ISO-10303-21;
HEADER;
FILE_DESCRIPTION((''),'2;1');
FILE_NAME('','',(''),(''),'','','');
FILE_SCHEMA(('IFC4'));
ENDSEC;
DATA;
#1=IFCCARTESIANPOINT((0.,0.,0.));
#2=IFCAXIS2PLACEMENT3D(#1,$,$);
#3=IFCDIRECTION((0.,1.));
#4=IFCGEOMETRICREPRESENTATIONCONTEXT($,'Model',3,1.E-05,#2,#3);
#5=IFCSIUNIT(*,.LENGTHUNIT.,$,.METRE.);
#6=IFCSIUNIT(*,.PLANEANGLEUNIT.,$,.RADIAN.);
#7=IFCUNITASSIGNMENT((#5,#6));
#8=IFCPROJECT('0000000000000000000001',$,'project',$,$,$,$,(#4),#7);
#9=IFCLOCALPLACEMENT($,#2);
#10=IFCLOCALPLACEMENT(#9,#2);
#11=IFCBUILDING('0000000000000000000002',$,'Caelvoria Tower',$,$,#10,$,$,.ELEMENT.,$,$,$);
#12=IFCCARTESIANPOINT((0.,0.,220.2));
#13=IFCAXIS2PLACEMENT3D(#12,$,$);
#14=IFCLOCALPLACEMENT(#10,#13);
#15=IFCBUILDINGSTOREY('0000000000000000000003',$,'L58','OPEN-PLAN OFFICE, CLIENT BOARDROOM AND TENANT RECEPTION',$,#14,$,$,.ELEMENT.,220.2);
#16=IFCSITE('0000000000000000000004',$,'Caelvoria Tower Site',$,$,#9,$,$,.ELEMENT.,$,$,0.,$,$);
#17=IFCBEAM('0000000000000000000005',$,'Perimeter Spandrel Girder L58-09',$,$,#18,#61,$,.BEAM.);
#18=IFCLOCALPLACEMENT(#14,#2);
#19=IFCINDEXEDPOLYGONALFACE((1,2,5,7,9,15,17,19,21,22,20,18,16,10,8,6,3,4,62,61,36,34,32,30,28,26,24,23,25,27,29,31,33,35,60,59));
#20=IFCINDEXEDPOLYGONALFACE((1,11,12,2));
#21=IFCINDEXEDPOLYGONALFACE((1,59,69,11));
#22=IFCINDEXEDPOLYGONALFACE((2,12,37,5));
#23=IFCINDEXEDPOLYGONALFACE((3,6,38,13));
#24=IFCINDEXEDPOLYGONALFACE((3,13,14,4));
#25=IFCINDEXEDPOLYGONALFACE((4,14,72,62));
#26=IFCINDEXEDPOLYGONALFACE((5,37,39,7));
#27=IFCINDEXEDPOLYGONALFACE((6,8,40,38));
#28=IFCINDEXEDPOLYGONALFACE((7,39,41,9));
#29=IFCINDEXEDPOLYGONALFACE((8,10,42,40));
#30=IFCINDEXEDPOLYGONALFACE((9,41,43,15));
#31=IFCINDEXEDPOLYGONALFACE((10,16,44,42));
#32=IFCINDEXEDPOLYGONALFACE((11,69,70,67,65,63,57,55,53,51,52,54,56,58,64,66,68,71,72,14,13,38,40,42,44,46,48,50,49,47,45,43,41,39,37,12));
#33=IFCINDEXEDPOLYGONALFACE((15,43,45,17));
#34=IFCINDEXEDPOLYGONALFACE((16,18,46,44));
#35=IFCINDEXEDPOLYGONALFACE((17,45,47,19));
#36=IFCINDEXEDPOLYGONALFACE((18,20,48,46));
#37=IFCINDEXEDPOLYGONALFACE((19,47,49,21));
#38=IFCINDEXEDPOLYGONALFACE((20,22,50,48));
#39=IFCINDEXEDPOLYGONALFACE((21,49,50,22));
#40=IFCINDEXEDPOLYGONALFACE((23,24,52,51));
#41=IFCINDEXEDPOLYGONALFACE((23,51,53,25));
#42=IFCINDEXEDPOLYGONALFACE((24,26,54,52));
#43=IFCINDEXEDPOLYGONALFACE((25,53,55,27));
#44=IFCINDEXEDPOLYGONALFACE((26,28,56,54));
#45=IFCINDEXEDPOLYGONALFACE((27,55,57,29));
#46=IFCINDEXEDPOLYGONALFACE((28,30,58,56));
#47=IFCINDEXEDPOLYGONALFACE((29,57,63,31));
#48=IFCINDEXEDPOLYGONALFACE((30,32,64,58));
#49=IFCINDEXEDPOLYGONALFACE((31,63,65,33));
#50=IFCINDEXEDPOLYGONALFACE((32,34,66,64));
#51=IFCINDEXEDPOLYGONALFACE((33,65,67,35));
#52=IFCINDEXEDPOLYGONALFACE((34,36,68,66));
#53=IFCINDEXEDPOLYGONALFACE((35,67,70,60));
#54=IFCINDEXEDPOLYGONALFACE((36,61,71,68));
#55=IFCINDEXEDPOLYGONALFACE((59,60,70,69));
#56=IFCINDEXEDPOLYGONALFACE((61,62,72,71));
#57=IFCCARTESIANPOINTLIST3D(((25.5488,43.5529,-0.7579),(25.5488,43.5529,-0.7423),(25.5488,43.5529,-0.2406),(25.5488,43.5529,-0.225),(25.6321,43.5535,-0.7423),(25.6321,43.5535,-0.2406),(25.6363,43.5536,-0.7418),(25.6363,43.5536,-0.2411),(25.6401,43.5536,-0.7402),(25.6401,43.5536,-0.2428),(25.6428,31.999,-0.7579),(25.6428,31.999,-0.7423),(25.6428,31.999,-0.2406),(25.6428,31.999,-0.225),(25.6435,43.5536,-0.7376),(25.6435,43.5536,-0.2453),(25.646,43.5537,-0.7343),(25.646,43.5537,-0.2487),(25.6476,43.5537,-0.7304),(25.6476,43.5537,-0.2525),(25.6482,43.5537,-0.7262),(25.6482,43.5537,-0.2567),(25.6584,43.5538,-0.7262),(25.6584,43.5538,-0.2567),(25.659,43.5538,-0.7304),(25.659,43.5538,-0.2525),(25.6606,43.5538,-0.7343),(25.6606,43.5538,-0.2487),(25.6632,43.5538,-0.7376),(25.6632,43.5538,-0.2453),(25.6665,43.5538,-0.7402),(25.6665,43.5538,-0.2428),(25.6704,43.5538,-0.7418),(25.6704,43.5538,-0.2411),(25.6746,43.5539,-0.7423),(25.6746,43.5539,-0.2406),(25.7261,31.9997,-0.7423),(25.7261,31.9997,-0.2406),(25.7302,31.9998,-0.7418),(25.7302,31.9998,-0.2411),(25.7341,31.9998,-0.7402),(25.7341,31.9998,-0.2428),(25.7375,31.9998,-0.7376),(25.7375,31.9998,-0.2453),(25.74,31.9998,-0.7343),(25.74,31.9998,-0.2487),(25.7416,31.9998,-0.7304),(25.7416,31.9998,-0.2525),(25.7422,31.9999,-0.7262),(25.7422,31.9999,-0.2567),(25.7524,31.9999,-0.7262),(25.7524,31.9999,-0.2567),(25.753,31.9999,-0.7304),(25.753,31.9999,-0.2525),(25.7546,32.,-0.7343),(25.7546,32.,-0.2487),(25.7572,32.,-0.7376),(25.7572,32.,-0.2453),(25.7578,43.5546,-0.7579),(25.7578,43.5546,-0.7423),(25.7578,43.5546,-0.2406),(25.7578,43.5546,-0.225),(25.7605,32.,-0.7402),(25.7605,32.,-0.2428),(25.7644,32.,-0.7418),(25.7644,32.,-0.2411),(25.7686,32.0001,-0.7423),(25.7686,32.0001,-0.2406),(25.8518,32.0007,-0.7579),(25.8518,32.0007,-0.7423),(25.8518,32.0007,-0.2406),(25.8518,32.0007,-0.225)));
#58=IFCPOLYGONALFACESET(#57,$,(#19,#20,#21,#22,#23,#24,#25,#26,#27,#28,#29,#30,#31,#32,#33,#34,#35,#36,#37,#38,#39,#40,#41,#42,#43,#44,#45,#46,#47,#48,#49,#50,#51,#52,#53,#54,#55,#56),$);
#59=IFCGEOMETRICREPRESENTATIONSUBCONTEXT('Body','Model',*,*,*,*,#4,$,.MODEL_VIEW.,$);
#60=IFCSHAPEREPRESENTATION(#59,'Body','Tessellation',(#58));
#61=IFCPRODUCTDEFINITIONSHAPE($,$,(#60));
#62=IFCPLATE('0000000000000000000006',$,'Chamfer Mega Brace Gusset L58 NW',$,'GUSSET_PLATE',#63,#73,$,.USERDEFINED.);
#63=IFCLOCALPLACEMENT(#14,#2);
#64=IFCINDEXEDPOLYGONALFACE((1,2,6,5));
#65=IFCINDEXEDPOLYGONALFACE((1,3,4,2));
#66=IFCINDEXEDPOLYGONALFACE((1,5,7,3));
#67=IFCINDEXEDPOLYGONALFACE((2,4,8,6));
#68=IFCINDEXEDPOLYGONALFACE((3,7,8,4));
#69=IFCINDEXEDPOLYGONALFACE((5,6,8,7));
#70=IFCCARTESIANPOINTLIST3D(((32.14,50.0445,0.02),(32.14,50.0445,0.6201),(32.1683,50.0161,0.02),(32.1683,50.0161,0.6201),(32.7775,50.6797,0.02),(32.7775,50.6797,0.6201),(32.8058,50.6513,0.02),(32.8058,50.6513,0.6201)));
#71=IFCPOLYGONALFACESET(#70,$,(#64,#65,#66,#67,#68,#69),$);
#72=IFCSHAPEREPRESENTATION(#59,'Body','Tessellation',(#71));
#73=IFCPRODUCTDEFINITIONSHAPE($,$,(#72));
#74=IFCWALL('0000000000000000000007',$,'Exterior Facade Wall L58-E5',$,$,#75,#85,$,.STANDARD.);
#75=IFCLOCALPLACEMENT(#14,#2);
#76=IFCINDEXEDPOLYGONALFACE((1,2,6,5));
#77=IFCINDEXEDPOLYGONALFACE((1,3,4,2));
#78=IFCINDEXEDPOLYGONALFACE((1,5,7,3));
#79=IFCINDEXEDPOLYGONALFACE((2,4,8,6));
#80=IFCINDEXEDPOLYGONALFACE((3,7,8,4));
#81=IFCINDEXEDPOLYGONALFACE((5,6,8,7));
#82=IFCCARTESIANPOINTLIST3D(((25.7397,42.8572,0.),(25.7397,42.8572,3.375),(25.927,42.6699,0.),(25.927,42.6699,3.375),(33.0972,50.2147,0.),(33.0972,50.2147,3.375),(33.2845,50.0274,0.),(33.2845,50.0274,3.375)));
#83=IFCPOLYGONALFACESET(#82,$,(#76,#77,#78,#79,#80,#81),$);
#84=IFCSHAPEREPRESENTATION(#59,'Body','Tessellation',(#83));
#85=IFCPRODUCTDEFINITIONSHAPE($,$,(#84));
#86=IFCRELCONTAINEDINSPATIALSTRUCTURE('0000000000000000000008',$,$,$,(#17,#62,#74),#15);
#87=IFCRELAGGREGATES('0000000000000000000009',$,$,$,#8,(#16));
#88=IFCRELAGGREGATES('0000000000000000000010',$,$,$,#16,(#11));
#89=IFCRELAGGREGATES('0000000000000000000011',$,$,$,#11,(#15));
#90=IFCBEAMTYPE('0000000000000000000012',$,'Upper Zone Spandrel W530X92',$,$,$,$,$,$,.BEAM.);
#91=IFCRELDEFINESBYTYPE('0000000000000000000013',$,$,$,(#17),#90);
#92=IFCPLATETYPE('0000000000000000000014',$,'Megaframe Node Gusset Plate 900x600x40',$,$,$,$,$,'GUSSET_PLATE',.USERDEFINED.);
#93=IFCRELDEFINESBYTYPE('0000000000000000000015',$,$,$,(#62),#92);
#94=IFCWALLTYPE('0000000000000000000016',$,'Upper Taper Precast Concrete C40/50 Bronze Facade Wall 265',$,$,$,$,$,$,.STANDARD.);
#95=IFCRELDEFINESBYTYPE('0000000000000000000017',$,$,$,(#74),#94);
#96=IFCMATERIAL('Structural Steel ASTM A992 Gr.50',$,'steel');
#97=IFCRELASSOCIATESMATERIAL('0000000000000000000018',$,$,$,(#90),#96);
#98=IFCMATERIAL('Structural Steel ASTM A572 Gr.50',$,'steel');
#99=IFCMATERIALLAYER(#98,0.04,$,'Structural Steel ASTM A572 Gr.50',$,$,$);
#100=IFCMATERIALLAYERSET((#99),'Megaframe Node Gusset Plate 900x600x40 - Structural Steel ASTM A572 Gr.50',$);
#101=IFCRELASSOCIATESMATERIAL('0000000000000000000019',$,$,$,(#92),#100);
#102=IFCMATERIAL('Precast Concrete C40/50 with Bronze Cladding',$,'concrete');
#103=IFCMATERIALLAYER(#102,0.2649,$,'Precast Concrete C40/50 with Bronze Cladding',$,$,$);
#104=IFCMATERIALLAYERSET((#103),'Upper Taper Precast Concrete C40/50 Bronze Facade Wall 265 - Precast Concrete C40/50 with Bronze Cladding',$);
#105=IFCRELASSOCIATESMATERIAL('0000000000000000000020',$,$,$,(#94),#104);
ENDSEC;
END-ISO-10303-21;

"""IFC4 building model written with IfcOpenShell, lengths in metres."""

from ifc_helpers import new_model, si_unit, direction, frame, frame_2d, origin, origin_2d, place, context, subcontext, project, spatial, rectangle, i_section, extrude, material, layer, layer_set, material_profile, profile_set, type_object, element, save


model = new_model("IFC4")

# Units and contexts
model_context = context("Model", 3, precision=1e-05, world=origin(), true_north=direction((0.0, 1.0)))
body_context = subcontext(model_context, "Body", "Model", "MODEL_VIEW")
ifc_project = project(units=[si_unit("LENGTHUNIT", "METRE"), si_unit("PLANEANGLEUNIT", "RADIAN")], contexts=[model_context])

# Site, building, storey
site_placement = place(None, origin())
site = spatial("IfcSite", under=ifc_project, at=site_placement, Name="Caelvoria Tower Site", CompositionType="ELEMENT", RefElevation=0.0)
building_placement = place(site_placement, origin())
building = spatial("IfcBuilding", under=site, at=building_placement, Name="Caelvoria Tower", CompositionType="ELEMENT")
storey_placement = place(building_placement, frame((0.0, 0.0, 220.2)))
storey = spatial("IfcBuildingStorey", under=building, at=storey_placement, Name="L58", Description="OPEN-PLAN OFFICE, CLIENT BOARDROOM AND TENANT RECEPTION", CompositionType="ELEMENT", Elevation=220.2)

# Shared definitions
ifc_material_1 = material(Name="Structural Steel ASTM A572 Gr.50", Category="steel")

# Shared definitions
ifc_material_2 = material(Name="Structural Steel ASTM A992 Gr.50", Category="steel")

# Beam
ifc_material_profile_1 = material_profile(ifc_material_2, i_section(OverallWidth=0.209, OverallDepth=0.533, WebThickness=0.0103, FlangeThickness=0.0156, FilletRadius=0.0161, at=origin_2d()), Name="Structural Steel ASTM A992 Gr.50")
ifc_profile_set_1 = profile_set([ifc_material_profile_1], Name="W530X92 - Structural Steel ASTM A992 Gr.50")
beam_type_1 = type_object("IfcBeamType", Name="Upper Zone Spandrel W530X92", PredefinedType="BEAM", material=ifc_profile_set_1)
beam_1_placement = place(storey_placement, frame((25.6533, 43.5537, -0.4915), z_axis=(0.008135, -0.999967, 0.0), x_axis=(0.999967, 0.008135, 0.0)))
element("IfcBeam", 1, at=beam_1_placement, inside=storey, type_object=beam_type_1, Name="Perimeter Spandrel Girder L58-09", PredefinedType="BEAM", context=body_context, shape_type="SweptSolid", body=[
    extrude(i_section(OverallWidth=0.209, OverallDepth=0.533, WebThickness=0.0103, FlangeThickness=0.0156, FilletRadius=0.0161, at=origin_2d()), origin(), (0.0, 0.0, 1.0), 11.5542),
])

# Plate
ifc_layer_1 = layer(ifc_material_1, 0.04, Name="Structural Steel ASTM A572 Gr.50")
ifc_layer_set_1 = layer_set([ifc_layer_1], Name="Megaframe Node Gusset Plate 900x600x40 - Structural Steel ASTM A572 Gr.50")
plate_type = type_object("IfcPlateType", Name="Megaframe Node Gusset Plate 900x600x40", ElementType="GUSSET_PLATE", PredefinedType="USERDEFINED", material=ifc_layer_set_1)
plate_placement = place(storey_placement, frame((32.4729, 50.3479, 0.02), z_axis=(0.0, 0.0, 1.0), x_axis=(-0.708415, -0.705796, 0.0)))
element("IfcPlate", 2, at=plate_placement, inside=storey, type_object=plate_type, Name="Chamfer Mega Brace Gusset L58 NW", ObjectType="GUSSET_PLATE", PredefinedType="USERDEFINED", context=body_context, shape_type="SweptSolid", body=[
    extrude(rectangle(XDim=0.8999, YDim=0.04, at=origin_2d()), origin(), (0.0, 0.0, 1.0), 0.6001),
])

# Wall
ifc_material_3 = material(Name="Precast Concrete C40/50 with Bronze Cladding", Category="concrete")
ifc_layer_2 = layer(ifc_material_3, 0.2649, Name="Precast Concrete C40/50 with Bronze Cladding")
ifc_layer_set_2 = layer_set([ifc_layer_2], Name="Upper Taper Precast Concrete C40/50 Bronze Facade Wall 265 - Precast Concrete C40/50 with Bronze Cladding")
wall_type = type_object("IfcWallType", Name="Upper Taper Precast Concrete C40/50 Bronze Facade Wall 265", PredefinedType="STANDARD", material=ifc_layer_set_2)
wall_1_placement = place(storey_placement, frame((33.1909, 50.1211, 0.0), z_axis=(0.0, 0.0, 1.0), x_axis=(-0.707107, -0.707107, 0.0)))
element("IfcWall", 3, at=wall_1_placement, inside=storey, type_object=wall_type, Name="Exterior Facade Wall L58-E5", PredefinedType="STANDARD", context=body_context, shape_type="SweptSolid", body=[
    extrude(rectangle(XDim=10.405, YDim=0.2649, at=frame_2d((5.2026, 0.0))), origin(), (0.0, 0.0, 1.0), 3.375),
])

save(model, "model.ifc")
